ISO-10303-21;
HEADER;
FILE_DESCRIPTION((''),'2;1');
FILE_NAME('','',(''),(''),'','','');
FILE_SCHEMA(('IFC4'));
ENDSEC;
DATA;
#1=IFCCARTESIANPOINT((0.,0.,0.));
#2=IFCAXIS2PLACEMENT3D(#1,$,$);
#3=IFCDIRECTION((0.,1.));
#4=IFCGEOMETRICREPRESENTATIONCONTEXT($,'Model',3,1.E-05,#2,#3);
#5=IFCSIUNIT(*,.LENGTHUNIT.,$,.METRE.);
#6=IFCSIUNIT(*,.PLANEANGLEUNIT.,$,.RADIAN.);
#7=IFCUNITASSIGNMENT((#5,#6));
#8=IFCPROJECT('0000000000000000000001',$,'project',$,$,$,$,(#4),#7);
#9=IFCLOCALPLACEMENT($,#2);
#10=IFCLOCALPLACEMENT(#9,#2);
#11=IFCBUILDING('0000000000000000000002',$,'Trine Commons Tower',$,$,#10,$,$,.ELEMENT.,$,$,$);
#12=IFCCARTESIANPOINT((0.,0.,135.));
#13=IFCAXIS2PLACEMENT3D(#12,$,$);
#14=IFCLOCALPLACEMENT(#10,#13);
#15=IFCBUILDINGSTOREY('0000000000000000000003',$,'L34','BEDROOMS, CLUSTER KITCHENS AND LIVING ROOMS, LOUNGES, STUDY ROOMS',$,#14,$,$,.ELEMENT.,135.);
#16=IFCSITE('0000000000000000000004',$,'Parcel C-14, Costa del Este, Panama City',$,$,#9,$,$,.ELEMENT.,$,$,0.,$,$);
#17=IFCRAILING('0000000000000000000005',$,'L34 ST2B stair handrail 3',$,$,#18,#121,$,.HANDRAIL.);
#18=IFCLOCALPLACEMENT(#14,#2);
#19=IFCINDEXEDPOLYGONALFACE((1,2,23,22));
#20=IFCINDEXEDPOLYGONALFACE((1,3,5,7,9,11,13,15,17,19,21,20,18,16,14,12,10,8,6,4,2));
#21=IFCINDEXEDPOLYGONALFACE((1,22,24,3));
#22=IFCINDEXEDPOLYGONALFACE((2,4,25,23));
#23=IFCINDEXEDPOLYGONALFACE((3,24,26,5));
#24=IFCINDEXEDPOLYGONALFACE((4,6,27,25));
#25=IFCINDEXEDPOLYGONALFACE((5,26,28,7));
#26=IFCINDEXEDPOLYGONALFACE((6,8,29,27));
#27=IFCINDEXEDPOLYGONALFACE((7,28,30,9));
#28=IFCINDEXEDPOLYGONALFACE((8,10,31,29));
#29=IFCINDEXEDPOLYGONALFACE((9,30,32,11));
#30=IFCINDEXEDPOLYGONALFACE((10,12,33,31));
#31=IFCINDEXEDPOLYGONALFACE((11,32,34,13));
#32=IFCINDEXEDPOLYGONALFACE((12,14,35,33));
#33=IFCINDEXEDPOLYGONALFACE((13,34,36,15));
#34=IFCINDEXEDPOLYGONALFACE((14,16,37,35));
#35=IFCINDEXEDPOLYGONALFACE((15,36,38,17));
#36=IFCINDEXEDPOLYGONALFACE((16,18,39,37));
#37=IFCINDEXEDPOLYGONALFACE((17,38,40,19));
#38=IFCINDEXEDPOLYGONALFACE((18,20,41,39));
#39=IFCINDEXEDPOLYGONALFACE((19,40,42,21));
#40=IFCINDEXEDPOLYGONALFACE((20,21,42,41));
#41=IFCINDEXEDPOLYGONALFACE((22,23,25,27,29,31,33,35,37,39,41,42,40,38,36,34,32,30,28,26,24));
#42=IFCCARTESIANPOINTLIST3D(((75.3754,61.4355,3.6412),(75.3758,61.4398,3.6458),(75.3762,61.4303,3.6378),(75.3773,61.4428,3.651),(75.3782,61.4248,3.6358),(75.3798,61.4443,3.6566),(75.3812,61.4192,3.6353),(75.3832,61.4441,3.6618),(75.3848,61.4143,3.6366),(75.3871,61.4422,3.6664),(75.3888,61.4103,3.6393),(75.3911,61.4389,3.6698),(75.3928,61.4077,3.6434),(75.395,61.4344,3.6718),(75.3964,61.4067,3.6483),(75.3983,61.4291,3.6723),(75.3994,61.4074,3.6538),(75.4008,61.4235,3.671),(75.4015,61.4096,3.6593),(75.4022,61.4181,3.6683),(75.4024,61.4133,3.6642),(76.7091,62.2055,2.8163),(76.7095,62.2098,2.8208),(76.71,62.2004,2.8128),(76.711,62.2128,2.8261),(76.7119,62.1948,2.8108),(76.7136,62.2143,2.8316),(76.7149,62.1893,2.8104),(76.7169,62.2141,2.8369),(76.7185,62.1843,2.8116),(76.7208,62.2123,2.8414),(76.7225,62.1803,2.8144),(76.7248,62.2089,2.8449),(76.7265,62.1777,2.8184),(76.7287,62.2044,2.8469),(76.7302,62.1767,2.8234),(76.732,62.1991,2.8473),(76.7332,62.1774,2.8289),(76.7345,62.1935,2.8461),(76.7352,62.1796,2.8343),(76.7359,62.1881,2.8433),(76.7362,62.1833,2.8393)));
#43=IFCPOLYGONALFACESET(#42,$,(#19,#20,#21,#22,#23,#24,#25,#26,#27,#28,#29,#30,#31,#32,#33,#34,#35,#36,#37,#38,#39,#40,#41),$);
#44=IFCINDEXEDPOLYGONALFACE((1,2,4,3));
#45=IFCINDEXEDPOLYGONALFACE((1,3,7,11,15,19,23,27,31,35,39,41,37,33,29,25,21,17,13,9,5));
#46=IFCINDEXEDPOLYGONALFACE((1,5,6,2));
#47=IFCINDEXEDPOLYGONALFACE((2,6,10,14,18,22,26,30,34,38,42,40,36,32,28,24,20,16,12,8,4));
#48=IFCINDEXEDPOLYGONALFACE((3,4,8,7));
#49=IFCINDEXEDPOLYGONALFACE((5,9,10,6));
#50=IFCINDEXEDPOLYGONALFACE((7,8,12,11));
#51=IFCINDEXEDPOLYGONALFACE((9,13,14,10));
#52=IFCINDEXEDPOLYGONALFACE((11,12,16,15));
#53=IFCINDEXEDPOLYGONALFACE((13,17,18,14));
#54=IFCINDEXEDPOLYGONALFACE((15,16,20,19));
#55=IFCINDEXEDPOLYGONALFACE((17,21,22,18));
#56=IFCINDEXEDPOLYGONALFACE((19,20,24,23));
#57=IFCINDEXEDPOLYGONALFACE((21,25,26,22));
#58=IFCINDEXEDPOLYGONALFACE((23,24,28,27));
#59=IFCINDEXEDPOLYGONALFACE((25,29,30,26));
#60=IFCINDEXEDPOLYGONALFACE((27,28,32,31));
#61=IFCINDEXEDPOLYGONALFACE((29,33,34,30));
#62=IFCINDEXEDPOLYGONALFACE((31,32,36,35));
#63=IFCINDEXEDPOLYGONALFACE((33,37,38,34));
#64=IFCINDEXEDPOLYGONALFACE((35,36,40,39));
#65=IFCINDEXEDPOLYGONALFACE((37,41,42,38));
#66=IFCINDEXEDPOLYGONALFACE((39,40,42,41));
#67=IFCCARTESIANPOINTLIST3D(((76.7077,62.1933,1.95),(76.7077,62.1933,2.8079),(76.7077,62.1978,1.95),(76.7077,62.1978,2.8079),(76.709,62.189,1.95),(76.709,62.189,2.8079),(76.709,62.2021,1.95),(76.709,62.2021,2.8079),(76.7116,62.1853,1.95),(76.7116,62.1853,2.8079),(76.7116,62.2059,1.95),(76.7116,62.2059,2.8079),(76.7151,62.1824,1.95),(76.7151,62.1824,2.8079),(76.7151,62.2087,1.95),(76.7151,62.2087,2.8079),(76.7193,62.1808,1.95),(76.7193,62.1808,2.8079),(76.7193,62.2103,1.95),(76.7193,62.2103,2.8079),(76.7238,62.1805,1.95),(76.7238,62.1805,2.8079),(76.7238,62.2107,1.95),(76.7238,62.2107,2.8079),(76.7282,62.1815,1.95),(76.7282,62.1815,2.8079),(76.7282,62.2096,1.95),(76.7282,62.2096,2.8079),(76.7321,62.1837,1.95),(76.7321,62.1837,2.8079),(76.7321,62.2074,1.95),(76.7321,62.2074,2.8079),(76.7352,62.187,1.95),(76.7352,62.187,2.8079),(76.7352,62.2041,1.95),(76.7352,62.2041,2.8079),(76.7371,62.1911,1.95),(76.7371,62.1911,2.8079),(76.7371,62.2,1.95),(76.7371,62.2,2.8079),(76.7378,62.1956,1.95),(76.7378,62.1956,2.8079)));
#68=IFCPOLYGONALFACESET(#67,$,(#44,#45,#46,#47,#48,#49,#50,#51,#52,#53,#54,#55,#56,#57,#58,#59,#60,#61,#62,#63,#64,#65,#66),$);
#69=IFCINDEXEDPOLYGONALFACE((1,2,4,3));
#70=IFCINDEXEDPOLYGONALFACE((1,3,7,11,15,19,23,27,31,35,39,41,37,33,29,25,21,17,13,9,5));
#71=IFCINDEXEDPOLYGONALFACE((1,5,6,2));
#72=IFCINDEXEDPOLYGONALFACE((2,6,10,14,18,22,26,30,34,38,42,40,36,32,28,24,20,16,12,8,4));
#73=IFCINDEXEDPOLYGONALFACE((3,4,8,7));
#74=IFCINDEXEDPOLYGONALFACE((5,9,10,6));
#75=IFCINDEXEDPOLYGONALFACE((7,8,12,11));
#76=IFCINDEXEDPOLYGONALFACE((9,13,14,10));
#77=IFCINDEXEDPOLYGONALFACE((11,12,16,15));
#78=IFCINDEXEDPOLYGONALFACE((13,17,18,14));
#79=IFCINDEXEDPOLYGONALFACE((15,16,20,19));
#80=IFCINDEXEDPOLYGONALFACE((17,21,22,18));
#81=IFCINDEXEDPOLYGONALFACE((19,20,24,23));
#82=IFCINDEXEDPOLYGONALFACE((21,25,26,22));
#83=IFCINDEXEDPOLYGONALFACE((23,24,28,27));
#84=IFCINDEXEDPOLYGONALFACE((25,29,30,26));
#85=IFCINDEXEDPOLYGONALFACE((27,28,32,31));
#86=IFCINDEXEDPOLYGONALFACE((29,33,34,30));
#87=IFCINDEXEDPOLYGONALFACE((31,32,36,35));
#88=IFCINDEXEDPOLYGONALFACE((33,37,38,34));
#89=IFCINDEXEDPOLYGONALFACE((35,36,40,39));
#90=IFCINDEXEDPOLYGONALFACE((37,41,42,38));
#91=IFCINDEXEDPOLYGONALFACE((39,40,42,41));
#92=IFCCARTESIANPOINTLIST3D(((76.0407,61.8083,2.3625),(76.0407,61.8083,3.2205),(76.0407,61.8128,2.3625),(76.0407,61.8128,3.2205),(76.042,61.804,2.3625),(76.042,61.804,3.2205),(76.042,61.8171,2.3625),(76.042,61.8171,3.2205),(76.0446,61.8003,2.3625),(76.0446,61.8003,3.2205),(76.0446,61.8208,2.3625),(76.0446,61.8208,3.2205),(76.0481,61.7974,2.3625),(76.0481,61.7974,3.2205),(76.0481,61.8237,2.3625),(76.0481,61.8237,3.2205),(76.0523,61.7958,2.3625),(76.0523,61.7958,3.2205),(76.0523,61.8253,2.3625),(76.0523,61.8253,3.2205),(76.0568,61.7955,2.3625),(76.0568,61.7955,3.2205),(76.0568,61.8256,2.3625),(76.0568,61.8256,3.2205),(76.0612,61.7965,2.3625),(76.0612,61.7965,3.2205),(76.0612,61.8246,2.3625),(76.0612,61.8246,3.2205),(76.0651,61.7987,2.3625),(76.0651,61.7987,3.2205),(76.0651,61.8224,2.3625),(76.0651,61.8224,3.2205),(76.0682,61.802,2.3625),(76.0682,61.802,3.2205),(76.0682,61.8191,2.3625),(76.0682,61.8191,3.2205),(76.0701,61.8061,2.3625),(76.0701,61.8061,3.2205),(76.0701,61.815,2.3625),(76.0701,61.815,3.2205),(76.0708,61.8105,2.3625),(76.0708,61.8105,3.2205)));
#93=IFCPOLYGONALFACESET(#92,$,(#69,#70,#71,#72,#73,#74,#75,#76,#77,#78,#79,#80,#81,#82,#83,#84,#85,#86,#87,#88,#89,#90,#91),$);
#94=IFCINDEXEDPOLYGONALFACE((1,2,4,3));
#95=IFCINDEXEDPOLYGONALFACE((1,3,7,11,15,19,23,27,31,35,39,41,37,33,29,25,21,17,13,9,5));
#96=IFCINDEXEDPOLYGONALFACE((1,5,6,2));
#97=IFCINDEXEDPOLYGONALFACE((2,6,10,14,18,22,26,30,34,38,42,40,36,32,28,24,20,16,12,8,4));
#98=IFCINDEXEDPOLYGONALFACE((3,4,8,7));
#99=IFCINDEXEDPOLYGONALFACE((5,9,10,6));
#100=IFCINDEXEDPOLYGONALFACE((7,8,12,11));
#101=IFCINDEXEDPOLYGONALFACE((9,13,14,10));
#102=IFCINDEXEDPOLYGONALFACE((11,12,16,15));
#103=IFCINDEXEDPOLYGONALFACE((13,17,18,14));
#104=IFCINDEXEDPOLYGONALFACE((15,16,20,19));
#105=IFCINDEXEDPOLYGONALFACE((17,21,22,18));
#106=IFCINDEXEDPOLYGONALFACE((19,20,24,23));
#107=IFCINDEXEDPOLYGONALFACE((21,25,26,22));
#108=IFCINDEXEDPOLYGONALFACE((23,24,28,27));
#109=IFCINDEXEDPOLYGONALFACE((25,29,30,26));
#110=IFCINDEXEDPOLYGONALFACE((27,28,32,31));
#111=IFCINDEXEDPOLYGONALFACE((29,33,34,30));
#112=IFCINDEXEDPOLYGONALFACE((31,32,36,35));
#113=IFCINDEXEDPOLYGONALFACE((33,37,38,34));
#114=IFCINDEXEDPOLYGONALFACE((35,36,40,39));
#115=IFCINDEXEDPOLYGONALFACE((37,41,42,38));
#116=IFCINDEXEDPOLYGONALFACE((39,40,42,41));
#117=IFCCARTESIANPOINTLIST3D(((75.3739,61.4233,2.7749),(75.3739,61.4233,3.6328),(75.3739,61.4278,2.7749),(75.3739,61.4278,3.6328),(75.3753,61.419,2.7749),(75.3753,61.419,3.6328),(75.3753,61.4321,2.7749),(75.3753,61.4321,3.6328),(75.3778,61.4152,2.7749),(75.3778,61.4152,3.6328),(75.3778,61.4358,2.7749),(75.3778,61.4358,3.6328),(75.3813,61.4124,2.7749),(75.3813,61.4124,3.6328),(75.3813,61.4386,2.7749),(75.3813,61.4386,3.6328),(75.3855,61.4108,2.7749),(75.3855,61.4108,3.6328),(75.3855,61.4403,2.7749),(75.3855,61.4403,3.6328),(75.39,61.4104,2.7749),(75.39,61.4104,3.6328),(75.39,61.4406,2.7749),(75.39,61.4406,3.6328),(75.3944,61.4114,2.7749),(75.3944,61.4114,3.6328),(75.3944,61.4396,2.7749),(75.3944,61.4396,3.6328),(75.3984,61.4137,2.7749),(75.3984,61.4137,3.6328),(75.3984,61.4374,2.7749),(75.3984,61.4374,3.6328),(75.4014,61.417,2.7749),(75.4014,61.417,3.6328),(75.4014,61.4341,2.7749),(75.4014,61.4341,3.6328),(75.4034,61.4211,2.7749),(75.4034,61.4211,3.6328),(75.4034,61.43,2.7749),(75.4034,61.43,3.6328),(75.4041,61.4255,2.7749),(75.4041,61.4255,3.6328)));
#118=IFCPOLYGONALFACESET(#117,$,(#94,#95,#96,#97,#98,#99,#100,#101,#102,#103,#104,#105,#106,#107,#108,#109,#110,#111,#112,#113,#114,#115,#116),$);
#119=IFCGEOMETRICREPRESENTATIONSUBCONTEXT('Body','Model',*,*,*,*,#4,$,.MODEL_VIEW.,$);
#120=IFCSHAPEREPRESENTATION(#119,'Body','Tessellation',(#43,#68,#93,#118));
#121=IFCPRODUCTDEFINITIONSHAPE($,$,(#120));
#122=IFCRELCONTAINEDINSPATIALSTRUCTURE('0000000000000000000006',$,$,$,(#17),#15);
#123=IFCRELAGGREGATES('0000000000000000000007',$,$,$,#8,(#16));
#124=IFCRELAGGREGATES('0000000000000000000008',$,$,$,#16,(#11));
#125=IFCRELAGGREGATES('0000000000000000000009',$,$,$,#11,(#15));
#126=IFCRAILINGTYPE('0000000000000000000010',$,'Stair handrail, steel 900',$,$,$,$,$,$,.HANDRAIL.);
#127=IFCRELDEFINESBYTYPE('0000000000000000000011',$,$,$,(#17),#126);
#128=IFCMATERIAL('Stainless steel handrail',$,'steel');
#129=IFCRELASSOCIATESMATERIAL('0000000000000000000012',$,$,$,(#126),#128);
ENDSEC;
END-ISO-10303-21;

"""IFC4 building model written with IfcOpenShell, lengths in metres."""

from ifc_helpers import new_model, si_unit, direction, frame, origin, origin_2d, place, context, subcontext, project, spatial, circle, extrude, material, type_object, element, save


model = new_model("IFC4")

# Units and contexts
model_context = context("Model", 3, precision=1e-05, world=origin(), true_north=direction((0.0, 1.0)))
body_context = subcontext(model_context, "Body", "Model", "MODEL_VIEW")
ifc_project = project(units=[si_unit("LENGTHUNIT", "METRE"), si_unit("PLANEANGLEUNIT", "RADIAN")], contexts=[model_context])

# Site, building, storey
site_placement = place(None, origin())
site = spatial("IfcSite", under=ifc_project, at=site_placement, Name="Parcel C-14, Costa del Este, Panama City", CompositionType="ELEMENT", RefElevation=0.0)
building_placement = place(site_placement, origin())
building = spatial("IfcBuilding", under=site, at=building_placement, Name="Trine Commons Tower", CompositionType="ELEMENT")
storey_placement = place(building_placement, frame((0.0, 0.0, 135.0)))
storey = spatial("IfcBuildingStorey", under=building, at=storey_placement, Name="L34", Description="BEDROOMS, CLUSTER KITCHENS AND LIVING ROOMS, LOUNGES, STUDY ROOMS", CompositionType="ELEMENT", Elevation=135.0)

# Railing
ifc_material_1 = material(Name="Stainless steel handrail", Category="steel")
railing_type_1 = type_object("IfcRailingType", Name="Stair handrail, steel 900", PredefinedType="HANDRAIL", material=ifc_material_1)
railing_1_placement = place(storey_placement, frame((76.7227, 62.1956, 1.95)))
element("IfcRailing", 1, at=railing_1_placement, inside=storey, type_object=railing_type_1, Name="L34 ST2B stair handrail 3", PredefinedType="HANDRAIL", context=body_context, shape_type="SweptSolid", body=[
    extrude(circle(Radius=0.021, at=origin_2d()), frame((0.0, 0.0, 0.8789), z_axis=(-0.763405, -0.440743, 0.472185), x_axis=(0.499992, -0.86603, 0.0)), (0.0, 0.0, 1.0), 1.7471),
    extrude(circle(Radius=0.0151, at=origin_2d()), origin(), (0.0, 0.0, 1.0), 0.8579),
    extrude(circle(Radius=0.0151, at=origin_2d()), frame((-0.667, -0.385, 0.4126)), (0.0, 0.0, 1.0), 0.8579),
    extrude(circle(Radius=0.0151, at=origin_2d()), frame((-1.3337, -0.77, 0.825)), (0.0, 0.0, 1.0), 0.8579),
])

save(model, "model.ifc")
